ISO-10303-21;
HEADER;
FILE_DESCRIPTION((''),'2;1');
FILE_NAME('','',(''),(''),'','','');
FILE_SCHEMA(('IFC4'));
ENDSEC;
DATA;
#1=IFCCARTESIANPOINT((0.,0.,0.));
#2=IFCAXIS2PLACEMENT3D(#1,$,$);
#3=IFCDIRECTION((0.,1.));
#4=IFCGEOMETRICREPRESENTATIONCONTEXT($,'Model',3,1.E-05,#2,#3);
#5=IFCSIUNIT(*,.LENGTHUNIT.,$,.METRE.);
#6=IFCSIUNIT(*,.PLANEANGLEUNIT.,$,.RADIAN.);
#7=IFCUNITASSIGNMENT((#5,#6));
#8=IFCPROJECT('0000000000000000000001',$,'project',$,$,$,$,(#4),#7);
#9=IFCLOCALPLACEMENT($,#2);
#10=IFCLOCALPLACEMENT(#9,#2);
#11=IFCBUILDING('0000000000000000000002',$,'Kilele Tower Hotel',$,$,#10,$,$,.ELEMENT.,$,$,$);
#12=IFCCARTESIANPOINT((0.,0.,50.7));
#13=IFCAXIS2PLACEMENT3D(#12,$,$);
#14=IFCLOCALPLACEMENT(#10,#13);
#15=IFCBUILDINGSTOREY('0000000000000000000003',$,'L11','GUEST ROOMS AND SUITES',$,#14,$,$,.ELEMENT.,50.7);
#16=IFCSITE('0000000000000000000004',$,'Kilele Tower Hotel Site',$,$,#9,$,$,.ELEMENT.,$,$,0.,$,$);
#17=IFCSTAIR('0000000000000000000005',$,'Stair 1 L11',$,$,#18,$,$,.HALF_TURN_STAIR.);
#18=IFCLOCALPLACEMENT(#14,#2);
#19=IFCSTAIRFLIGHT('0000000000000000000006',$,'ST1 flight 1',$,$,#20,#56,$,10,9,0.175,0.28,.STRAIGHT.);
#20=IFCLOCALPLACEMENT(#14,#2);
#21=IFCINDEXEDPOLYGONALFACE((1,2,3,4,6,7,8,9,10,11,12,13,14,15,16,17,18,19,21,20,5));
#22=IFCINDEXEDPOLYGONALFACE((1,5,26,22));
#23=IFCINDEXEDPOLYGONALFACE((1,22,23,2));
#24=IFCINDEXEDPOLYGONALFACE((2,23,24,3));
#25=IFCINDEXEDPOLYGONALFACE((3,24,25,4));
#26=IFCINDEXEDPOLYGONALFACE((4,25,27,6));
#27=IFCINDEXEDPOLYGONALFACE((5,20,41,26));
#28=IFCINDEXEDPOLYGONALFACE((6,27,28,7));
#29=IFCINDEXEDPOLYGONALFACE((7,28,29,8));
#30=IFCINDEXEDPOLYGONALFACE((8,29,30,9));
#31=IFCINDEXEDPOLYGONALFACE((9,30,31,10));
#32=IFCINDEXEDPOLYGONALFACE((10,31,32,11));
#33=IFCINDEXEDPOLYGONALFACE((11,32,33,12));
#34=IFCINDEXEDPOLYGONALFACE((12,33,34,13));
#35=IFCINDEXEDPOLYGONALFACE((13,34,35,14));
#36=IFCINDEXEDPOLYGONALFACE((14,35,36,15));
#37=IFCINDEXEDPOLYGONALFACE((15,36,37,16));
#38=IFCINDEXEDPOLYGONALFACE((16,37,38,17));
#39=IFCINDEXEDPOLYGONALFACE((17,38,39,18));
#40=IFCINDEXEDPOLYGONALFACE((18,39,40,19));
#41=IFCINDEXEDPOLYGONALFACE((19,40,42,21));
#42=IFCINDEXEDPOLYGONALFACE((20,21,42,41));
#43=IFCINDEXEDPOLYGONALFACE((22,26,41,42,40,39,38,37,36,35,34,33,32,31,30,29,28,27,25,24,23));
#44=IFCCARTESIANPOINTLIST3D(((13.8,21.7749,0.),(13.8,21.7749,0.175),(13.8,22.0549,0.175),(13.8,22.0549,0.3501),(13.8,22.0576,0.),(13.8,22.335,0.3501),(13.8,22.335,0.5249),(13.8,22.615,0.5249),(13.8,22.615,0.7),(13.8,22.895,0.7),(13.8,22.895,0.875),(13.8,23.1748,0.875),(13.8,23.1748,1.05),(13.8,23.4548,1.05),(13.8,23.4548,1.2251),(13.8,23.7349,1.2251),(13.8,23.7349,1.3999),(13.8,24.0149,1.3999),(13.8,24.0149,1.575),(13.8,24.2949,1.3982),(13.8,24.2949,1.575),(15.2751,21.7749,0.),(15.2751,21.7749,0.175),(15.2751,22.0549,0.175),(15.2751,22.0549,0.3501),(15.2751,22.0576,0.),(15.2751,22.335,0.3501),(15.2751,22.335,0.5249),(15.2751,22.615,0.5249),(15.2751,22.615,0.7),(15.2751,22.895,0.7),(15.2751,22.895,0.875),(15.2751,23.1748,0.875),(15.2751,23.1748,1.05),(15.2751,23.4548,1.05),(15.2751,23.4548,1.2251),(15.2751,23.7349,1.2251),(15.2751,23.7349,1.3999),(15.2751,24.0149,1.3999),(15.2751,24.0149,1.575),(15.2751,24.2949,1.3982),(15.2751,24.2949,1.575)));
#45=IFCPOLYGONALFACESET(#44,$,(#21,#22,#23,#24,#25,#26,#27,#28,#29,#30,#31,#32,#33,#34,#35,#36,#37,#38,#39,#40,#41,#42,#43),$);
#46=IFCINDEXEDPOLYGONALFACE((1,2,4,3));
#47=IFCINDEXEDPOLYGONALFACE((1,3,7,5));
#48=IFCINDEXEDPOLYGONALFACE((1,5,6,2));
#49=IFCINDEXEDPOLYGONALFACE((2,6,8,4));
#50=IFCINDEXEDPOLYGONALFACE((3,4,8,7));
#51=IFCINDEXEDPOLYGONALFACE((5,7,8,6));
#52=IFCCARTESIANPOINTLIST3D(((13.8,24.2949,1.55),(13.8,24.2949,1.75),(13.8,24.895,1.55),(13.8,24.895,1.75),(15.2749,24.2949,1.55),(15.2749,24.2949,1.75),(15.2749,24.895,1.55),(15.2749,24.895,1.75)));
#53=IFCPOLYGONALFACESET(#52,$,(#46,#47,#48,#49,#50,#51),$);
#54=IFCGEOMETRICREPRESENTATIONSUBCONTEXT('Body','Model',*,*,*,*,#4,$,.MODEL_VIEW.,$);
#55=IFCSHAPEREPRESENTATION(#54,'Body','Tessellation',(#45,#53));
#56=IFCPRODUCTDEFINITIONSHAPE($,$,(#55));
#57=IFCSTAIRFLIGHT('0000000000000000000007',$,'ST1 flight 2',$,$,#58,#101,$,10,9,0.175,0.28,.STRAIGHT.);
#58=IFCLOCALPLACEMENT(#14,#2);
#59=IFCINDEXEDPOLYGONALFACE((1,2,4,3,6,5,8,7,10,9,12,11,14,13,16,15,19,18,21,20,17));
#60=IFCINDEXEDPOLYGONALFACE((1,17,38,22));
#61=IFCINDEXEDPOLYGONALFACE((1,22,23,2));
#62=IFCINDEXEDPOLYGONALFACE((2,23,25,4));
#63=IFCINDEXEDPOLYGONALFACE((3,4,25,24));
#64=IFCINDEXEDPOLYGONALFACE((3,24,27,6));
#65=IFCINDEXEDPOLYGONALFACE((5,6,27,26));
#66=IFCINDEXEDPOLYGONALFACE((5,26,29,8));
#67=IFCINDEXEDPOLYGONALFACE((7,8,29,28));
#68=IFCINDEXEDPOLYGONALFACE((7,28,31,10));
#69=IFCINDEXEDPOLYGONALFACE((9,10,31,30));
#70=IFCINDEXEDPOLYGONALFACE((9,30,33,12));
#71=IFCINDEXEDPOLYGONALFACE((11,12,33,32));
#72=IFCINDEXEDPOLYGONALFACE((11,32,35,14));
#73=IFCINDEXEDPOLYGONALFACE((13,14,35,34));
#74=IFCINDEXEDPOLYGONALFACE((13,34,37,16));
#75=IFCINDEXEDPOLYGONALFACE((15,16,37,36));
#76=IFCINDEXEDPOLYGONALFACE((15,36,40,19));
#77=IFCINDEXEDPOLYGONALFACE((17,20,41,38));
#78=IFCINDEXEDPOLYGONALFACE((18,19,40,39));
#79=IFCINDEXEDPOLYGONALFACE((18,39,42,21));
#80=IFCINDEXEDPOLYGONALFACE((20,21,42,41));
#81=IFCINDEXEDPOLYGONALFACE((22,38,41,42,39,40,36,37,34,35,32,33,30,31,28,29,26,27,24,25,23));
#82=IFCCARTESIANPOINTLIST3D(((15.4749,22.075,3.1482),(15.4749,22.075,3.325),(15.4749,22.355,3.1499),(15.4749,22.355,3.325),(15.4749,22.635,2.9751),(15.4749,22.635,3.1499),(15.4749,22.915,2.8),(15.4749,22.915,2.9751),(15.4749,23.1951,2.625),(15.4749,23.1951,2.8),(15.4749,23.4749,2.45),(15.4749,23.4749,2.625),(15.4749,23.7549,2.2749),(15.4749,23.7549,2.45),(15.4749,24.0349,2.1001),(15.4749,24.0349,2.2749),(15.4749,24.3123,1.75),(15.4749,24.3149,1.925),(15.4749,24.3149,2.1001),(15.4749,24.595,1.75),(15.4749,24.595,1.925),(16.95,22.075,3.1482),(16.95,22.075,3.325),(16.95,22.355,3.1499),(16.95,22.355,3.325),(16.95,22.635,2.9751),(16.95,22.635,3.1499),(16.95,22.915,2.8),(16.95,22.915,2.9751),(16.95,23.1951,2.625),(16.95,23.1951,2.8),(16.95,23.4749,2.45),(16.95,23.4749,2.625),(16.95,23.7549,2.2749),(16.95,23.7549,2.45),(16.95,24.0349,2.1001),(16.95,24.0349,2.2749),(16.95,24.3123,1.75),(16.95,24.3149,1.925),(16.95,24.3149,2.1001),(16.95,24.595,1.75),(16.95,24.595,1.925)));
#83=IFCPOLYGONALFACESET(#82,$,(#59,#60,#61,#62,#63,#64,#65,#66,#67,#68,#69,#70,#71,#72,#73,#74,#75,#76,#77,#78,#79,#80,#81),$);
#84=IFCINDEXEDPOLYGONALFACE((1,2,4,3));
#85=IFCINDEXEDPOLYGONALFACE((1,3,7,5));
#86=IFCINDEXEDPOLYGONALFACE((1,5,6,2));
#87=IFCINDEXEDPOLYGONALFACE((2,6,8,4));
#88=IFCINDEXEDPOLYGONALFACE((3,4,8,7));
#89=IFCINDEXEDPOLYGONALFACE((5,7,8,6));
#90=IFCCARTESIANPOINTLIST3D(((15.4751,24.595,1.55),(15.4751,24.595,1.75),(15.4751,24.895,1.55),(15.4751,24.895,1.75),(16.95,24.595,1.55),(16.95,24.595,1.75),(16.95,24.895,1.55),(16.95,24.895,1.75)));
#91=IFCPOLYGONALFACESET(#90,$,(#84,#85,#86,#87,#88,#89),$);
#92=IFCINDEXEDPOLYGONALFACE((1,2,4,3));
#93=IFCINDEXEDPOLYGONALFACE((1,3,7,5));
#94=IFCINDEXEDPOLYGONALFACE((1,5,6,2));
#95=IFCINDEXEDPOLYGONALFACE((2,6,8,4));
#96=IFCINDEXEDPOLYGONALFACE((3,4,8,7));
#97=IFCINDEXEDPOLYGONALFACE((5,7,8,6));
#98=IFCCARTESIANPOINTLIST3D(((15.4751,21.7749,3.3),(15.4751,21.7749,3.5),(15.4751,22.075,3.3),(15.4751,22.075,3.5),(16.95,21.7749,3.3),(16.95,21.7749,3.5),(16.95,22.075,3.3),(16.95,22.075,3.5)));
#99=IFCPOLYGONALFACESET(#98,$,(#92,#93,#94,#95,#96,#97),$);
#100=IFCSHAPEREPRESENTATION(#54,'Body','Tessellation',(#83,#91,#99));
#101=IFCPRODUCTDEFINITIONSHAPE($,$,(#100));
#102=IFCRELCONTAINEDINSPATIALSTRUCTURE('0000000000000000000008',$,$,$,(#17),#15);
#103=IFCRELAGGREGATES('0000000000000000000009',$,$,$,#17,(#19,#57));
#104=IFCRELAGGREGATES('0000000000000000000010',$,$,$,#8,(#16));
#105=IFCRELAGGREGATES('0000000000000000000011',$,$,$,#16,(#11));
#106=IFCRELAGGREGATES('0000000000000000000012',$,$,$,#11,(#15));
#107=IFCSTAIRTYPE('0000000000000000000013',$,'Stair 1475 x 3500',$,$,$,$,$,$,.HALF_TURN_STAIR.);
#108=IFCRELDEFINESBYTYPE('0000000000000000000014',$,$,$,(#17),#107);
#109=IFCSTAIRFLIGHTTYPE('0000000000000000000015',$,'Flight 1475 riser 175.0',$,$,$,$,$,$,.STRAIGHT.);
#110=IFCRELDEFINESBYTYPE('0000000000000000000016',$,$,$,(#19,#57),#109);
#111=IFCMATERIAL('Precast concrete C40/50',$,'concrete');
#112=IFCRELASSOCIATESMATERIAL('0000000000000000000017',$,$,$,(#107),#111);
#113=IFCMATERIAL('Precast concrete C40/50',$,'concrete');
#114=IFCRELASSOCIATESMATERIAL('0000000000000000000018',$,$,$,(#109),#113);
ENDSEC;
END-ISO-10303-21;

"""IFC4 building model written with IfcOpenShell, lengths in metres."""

from ifc_helpers import new_model, si_unit, direction, frame, origin, place, context, subcontext, project, spatial, polyline, outline, extrude, material, type_object, element, aggregate, save


model = new_model("IFC4")

# Units and contexts
model_context = context("Model", 3, precision=1e-05, world=origin(), true_north=direction((0.0, 1.0)))
body_context = subcontext(model_context, "Body", "Model", "MODEL_VIEW")
ifc_project = project(units=[si_unit("LENGTHUNIT", "METRE"), si_unit("PLANEANGLEUNIT", "RADIAN")], contexts=[model_context])

# Site, building, storey
site_placement = place(None, origin())
site = spatial("IfcSite", under=ifc_project, at=site_placement, Name="Kilele Tower Hotel Site", CompositionType="ELEMENT", RefElevation=0.0)
building_placement = place(site_placement, origin())
building = spatial("IfcBuilding", under=site, at=building_placement, Name="Kilele Tower Hotel", CompositionType="ELEMENT")
storey_placement = place(building_placement, frame((0.0, 0.0, 50.7)))
storey = spatial("IfcBuildingStorey", under=building, at=storey_placement, Name="L11", Description="GUEST ROOMS AND SUITES", CompositionType="ELEMENT", Elevation=50.7)

# Stair, stair flights
ifc_material_1 = material(Name="Precast concrete C40/50", Category="concrete")
stair_type = type_object("IfcStairType", Name="Stair 1475 x 3500", PredefinedType="HALF_TURN_STAIR", material=ifc_material_1)
stair_placement = place(storey_placement, origin())
stair = element("IfcStair", 1, at=stair_placement, inside=storey, type_object=stair_type, Name="Stair 1 L11", PredefinedType="HALF_TURN_STAIR")
ifc_material_2 = material(Name="Precast concrete C40/50", Category="concrete")
stair_flight_type = type_object("IfcStairFlightType", Name="Flight 1475 riser 175.0", PredefinedType="STRAIGHT", material=ifc_material_2)
stair_flight_1_placement = place(storey_placement, frame((14.5376, 21.7749, 0.0), z_axis=(0.0, 0.0, 1.0), x_axis=(0.0, 1.0, 0.0)))
stair_flight_1 = element("IfcStairFlight", 2, at=stair_flight_1_placement, type_object=stair_flight_type, Name="ST1 flight 1", NumberOfRisers=10, NumberOfTreads=9, PredefinedType="STRAIGHT", RiserHeight=0.175, TreadLength=0.28, context=body_context, shape_type="SweptSolid", body=[
    extrude(outline(polyline([(0.0, 0.0), (0.0, 0.175), (0.28, 0.175), (0.28, 0.3501), (0.5601, 0.3501), (0.5601, 0.5249), (0.8401, 0.5249), (0.8401, 0.7), (1.1201, 0.7), (1.1201, 0.875), (1.3999, 0.875), (1.3999, 1.05), (1.6799, 1.05), (1.6799, 1.2251), (1.96, 1.2251), (1.96, 1.3999), (2.24, 1.3999), (2.24, 1.575), (2.52, 1.575), (2.52, 1.75), (2.52, 1.3982), (0.2827, 0.0), (0.0, 0.0)])), frame((0.0, 0.7375, 0.0), z_axis=(0.0, -1.0, 0.0), x_axis=(1.0, 0.0, 0.0)), (0.0, 0.0, 1.0), 1.4751),
    extrude(outline(polyline([(2.52, 0.7375), (2.52, -0.7373), (3.1201, -0.7373), (3.1201, 0.7375), (2.52, 0.7375)])), frame((0.0, 0.0, 1.55)), (0.0, 0.0, 1.0), 0.2),
])
stair_flight_2_placement = place(storey_placement, frame((16.2124, 24.595, 1.75), z_axis=(0.0, 0.0, 1.0), x_axis=(0.0, -1.0, 0.0)))
stair_flight_2 = element("IfcStairFlight", 3, at=stair_flight_2_placement, type_object=stair_flight_type, Name="ST1 flight 2", NumberOfRisers=10, NumberOfTreads=9, PredefinedType="STRAIGHT", RiserHeight=0.175, TreadLength=0.28, context=body_context, shape_type="SweptSolid", body=[
    extrude(outline(polyline([(0.0, 0.0), (0.0, 0.175), (0.28, 0.175), (0.28, 0.3501), (0.5601, 0.3501), (0.5601, 0.5249), (0.8401, 0.5249), (0.8401, 0.7), (1.1201, 0.7), (1.1201, 0.875), (1.3999, 0.875), (1.3999, 1.05), (1.6799, 1.05), (1.6799, 1.2251), (1.96, 1.2251), (1.96, 1.3999), (2.24, 1.3999), (2.24, 1.575), (2.52, 1.575), (2.52, 1.75), (2.52, 1.3982), (0.2827, 0.0), (0.0, 0.0)])), frame((0.0, 0.7375, 0.0), z_axis=(0.0, -1.0, 0.0), x_axis=(1.0, 0.0, 0.0)), (0.0, 0.0, 1.0), 1.4751),
    extrude(outline(polyline([(0.0, -0.7373), (0.0, 0.7375), (-0.3, 0.7375), (-0.3, -0.7373), (0.0, -0.7373)])), frame((0.0, 0.0, -0.2)), (0.0, 0.0, 1.0), 0.2),
    extrude(outline(polyline([(2.8201, -0.7373), (2.8201, 0.7375), (2.52, 0.7375), (2.52, -0.7373), (2.8201, -0.7373)])), frame((0.0, 0.0, 1.55)), (0.0, 0.0, 1.0), 0.2),
])
aggregate(stair, [stair_flight_1, stair_flight_2])

save(model, "model.ifc")
